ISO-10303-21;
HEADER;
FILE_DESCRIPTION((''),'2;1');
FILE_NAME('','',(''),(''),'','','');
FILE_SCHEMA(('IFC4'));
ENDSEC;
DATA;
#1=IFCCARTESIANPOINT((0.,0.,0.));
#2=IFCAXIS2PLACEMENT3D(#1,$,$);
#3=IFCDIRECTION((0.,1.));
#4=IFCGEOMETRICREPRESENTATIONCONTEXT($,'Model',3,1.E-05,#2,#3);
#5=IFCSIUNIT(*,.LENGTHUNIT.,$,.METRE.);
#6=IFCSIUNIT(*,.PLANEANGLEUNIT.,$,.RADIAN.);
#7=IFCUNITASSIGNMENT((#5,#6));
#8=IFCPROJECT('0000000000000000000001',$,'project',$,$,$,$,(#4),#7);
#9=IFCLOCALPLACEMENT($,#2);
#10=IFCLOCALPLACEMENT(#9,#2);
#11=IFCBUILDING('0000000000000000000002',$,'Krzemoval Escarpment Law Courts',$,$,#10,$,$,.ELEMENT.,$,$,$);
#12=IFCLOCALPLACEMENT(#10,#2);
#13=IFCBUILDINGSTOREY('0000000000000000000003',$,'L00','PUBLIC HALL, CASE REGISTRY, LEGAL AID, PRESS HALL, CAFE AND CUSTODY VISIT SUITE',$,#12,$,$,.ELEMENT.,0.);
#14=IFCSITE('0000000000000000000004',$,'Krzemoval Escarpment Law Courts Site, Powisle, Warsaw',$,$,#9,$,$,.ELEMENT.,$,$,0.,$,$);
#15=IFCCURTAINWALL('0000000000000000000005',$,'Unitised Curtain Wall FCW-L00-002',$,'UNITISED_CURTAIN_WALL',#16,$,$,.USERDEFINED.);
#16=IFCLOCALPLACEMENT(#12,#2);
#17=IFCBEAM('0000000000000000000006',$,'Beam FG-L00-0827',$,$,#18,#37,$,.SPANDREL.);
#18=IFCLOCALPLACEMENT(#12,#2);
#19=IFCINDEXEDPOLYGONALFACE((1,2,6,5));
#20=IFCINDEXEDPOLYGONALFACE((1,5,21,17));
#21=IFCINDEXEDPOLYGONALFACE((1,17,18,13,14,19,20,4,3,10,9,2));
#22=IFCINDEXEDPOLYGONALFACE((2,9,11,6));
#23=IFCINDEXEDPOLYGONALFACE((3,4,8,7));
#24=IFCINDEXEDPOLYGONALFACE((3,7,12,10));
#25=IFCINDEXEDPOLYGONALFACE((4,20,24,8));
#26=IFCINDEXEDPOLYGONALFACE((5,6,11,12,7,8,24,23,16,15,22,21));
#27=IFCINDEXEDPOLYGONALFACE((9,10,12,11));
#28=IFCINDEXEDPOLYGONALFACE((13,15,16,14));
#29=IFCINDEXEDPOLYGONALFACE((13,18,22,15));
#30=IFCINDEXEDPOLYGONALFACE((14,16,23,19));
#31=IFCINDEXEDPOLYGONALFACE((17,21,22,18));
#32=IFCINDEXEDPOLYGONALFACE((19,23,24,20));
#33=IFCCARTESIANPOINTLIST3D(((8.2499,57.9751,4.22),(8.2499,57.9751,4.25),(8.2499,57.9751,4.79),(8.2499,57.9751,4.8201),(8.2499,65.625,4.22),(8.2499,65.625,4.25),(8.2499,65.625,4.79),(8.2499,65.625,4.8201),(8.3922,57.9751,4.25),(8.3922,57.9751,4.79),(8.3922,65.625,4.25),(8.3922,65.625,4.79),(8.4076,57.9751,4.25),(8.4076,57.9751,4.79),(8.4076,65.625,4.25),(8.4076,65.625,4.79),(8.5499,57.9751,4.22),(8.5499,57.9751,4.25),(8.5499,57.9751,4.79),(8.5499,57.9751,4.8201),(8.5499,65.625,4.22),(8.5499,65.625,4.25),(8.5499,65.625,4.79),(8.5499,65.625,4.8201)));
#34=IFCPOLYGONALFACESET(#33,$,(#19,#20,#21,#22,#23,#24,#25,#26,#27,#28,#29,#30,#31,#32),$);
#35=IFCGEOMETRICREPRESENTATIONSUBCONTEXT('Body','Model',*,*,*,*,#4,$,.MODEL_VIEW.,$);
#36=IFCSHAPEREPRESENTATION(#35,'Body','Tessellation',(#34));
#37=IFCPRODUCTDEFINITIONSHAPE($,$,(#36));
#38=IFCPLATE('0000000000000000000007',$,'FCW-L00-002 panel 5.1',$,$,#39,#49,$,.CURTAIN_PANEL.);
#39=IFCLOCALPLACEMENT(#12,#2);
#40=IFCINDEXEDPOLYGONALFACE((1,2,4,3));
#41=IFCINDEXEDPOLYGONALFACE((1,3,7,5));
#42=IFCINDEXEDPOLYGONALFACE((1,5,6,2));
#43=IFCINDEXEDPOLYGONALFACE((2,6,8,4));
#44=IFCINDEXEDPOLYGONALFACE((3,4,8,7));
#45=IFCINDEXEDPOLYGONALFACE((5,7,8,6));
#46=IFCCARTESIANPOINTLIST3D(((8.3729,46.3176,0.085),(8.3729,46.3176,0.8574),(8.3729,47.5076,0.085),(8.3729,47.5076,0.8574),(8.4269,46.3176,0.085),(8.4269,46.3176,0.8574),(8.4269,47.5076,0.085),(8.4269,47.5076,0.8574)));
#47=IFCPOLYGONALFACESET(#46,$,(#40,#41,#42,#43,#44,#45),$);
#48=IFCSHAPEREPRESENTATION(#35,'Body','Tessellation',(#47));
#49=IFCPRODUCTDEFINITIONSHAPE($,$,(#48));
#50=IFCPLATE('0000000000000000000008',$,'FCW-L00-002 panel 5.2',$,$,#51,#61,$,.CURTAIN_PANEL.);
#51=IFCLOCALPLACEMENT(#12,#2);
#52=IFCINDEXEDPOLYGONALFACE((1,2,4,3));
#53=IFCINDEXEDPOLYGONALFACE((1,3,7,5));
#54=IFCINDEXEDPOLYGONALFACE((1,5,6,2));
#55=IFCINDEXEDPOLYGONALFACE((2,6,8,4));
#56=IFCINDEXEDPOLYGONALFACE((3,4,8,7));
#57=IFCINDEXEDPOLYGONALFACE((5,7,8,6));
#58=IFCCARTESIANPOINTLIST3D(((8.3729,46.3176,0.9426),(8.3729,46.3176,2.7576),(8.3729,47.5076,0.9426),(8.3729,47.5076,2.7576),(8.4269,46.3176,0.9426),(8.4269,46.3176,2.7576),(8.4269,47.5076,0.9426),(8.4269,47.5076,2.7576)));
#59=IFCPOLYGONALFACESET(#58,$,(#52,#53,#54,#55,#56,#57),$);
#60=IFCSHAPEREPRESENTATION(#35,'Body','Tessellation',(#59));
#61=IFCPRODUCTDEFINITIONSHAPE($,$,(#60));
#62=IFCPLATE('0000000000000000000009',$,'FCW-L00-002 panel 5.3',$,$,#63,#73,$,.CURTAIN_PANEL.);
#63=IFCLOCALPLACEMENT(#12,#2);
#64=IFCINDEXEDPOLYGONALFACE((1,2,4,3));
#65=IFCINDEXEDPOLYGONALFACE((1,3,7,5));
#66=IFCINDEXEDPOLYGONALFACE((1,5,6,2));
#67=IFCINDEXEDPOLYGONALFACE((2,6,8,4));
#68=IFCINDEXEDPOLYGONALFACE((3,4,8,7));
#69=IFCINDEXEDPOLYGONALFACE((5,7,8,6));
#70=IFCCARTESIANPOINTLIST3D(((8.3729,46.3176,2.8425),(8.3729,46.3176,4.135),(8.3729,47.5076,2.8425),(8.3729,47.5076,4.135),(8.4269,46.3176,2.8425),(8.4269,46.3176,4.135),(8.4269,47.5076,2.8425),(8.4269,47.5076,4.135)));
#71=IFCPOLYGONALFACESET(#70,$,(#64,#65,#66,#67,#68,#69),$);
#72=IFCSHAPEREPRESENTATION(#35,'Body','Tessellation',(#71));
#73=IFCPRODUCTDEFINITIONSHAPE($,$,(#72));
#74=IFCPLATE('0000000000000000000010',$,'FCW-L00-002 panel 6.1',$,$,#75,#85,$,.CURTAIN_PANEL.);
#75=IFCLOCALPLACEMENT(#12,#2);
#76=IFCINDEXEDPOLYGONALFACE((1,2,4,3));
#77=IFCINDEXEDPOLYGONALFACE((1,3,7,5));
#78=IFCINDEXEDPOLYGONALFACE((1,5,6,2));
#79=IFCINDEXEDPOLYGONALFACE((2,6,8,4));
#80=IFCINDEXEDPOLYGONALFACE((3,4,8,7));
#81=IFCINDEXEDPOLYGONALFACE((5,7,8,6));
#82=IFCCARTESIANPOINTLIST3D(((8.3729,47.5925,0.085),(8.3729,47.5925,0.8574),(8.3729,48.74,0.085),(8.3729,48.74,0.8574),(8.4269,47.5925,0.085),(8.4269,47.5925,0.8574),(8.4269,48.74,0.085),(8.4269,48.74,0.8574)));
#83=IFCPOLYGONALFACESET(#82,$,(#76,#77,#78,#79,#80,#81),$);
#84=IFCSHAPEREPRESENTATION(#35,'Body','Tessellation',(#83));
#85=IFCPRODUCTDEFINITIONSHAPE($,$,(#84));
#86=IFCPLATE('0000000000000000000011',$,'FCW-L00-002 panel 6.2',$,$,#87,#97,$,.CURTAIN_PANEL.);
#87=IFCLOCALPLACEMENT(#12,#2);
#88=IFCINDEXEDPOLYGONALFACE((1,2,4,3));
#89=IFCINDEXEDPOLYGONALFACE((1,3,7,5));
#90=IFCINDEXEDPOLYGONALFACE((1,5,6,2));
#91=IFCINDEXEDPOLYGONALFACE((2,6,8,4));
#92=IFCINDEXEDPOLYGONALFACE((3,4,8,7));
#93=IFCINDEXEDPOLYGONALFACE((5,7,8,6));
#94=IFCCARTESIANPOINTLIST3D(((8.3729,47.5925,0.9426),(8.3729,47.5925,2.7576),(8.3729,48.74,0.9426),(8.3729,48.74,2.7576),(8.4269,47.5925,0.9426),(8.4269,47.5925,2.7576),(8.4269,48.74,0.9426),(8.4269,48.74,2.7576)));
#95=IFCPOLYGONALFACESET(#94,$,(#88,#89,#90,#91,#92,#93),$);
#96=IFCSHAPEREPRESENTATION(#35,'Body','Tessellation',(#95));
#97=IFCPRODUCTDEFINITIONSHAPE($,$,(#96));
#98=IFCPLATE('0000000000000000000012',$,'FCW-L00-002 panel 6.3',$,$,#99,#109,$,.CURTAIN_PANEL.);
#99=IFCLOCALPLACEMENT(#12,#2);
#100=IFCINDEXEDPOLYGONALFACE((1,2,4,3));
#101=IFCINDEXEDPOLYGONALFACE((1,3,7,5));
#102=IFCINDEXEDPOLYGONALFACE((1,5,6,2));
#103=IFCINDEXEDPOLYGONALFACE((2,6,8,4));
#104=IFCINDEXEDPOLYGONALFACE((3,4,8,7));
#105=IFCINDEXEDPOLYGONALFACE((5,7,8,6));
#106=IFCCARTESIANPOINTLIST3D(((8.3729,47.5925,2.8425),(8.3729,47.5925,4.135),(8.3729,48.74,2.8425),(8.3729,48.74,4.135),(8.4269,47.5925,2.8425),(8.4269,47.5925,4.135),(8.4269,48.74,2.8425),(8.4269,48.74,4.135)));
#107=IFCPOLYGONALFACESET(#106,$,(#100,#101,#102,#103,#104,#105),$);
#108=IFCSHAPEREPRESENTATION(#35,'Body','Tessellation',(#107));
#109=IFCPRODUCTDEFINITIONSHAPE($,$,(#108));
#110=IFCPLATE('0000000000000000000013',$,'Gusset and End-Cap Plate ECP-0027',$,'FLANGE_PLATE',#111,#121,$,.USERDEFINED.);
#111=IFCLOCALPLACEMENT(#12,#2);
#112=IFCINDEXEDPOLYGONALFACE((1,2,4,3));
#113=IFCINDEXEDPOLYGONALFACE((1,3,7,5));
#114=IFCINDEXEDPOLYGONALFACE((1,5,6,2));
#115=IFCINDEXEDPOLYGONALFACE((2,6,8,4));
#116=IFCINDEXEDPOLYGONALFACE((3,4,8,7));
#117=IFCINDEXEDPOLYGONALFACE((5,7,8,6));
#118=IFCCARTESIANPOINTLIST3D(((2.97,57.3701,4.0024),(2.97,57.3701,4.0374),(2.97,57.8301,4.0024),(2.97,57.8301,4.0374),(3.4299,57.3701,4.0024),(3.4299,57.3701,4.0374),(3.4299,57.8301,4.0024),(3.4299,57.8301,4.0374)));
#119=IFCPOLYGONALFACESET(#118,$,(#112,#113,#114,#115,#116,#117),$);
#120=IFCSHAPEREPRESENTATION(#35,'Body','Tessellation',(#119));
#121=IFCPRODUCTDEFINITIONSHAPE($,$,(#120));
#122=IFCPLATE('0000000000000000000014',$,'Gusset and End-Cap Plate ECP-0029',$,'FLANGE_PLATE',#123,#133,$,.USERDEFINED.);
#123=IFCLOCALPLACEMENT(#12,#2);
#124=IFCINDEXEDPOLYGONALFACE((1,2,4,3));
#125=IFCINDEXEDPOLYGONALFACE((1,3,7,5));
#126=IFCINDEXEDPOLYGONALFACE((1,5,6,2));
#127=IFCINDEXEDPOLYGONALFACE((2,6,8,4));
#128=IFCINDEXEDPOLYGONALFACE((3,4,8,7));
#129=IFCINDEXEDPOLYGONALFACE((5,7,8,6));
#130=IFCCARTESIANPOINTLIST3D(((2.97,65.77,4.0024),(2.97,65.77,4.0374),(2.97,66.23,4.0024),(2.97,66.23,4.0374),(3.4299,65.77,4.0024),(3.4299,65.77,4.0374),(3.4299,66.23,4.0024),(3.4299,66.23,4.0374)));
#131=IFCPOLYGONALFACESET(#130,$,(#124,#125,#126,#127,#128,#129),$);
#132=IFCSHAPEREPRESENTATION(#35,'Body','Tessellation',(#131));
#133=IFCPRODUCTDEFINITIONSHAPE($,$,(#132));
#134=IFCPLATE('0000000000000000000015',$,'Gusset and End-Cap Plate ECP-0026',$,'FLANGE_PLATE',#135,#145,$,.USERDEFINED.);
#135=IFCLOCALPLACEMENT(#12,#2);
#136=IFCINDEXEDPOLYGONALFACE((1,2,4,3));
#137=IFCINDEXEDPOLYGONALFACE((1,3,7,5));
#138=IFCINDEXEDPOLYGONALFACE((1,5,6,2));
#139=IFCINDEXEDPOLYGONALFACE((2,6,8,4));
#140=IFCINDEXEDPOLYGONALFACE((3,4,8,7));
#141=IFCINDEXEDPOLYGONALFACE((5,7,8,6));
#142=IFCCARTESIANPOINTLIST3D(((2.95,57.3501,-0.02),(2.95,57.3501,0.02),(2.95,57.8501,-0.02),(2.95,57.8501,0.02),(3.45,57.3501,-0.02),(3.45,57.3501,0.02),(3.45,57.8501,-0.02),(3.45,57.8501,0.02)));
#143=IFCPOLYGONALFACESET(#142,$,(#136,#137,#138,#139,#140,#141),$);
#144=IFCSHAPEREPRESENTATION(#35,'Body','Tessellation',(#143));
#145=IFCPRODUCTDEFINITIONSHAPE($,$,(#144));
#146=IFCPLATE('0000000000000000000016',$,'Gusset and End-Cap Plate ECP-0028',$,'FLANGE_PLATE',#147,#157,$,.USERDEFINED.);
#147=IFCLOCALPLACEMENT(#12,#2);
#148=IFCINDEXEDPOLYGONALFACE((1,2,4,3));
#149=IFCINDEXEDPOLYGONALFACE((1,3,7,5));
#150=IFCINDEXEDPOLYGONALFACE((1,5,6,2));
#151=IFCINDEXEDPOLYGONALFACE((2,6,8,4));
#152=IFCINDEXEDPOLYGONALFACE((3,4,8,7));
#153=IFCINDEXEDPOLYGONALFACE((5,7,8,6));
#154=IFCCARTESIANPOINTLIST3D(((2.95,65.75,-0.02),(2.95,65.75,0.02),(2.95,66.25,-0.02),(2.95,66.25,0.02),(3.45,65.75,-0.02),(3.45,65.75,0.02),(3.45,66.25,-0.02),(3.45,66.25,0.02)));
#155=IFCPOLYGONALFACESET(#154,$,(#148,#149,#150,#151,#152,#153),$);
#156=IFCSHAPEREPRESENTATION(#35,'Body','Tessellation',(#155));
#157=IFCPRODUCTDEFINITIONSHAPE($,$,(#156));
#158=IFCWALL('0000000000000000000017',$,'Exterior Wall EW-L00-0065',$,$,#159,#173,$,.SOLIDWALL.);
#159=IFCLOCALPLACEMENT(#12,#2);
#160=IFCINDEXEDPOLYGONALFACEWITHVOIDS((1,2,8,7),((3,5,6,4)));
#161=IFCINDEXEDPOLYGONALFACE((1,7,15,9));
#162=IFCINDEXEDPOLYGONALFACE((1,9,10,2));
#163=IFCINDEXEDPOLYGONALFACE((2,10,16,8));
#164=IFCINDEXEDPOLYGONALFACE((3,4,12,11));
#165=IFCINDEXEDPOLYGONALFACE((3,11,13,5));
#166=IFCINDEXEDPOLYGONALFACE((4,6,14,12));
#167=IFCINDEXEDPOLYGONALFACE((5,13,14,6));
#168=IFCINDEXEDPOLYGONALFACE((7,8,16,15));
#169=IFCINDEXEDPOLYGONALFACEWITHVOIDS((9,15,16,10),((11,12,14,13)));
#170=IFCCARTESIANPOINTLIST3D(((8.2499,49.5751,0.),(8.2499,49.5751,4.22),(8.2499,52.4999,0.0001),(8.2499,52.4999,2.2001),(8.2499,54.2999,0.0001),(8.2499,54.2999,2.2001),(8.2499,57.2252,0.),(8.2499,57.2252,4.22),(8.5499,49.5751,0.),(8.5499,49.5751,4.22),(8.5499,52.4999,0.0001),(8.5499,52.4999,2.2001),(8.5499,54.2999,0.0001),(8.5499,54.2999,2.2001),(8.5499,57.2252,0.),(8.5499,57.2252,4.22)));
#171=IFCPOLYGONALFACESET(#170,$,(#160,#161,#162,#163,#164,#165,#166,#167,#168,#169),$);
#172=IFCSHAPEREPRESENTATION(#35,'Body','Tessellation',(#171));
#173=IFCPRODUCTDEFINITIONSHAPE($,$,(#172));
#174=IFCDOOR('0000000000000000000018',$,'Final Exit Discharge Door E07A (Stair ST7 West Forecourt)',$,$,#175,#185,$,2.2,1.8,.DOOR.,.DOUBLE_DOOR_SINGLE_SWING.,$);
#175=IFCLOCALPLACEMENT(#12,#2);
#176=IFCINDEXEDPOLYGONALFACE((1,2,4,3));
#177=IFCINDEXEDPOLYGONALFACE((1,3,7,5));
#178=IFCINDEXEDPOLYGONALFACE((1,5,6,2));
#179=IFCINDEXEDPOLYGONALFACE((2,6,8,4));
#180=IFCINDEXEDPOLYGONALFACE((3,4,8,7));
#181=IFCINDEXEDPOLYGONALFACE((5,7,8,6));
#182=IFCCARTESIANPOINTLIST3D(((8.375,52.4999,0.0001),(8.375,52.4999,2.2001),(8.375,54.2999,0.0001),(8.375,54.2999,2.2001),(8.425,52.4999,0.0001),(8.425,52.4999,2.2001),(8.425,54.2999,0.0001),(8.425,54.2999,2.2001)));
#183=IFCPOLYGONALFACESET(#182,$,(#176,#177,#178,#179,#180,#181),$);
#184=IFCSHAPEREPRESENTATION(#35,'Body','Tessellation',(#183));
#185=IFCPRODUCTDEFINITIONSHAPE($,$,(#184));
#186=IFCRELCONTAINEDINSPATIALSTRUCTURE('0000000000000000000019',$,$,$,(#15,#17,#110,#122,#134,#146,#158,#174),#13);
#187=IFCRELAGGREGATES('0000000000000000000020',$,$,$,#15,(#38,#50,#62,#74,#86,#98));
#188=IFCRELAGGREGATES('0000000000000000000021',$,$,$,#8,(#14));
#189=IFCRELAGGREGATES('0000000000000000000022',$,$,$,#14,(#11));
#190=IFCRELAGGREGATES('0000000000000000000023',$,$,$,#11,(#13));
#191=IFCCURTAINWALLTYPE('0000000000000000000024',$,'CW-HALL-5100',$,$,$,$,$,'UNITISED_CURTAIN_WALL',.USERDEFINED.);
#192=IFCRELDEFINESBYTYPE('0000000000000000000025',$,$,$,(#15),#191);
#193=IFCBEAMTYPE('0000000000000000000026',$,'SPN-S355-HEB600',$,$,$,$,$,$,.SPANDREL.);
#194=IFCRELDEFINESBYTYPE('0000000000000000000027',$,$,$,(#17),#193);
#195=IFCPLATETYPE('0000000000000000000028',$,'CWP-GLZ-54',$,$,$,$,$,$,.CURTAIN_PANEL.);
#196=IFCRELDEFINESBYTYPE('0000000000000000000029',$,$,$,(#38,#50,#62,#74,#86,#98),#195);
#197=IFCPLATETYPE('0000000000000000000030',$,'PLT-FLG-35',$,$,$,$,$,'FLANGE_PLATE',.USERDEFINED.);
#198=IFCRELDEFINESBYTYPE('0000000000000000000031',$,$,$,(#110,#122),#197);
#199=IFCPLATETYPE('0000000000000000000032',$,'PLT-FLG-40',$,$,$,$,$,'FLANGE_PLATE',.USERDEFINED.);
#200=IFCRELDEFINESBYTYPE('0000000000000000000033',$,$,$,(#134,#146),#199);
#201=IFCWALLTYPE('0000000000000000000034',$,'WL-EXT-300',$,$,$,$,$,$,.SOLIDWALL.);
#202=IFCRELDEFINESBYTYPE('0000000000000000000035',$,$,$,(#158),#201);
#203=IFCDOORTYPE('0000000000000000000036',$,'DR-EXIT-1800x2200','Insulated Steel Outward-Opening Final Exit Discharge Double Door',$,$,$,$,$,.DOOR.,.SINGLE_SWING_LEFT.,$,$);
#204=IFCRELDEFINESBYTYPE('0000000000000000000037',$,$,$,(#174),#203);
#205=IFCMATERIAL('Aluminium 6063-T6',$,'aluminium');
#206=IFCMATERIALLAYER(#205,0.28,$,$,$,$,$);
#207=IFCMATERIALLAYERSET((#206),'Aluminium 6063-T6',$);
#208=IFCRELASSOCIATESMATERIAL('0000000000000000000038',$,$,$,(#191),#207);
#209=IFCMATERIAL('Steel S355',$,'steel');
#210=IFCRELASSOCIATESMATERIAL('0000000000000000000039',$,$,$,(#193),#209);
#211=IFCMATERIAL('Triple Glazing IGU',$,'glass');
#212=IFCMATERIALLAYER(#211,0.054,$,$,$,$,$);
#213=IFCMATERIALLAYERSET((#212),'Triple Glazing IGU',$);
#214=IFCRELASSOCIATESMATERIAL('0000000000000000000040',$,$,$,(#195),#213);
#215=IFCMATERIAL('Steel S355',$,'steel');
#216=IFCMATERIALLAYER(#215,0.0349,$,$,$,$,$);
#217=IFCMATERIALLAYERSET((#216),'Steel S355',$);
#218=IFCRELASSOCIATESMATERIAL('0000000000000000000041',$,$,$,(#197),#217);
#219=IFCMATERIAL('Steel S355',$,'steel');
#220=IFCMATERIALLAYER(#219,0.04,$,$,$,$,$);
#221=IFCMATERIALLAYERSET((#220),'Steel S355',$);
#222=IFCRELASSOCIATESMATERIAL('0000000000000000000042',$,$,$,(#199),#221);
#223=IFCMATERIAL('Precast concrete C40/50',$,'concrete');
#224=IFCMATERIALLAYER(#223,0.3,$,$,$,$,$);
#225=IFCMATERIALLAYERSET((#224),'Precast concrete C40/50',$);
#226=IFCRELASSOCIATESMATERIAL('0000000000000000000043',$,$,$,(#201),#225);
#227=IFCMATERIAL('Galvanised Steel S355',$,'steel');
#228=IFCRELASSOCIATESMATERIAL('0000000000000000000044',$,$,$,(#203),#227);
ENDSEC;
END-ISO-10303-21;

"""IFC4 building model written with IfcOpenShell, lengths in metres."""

from ifc_helpers import new_model, si_unit, direction, frame, frame_2d, origin, origin_2d, place, context, subcontext, project, spatial, rectangle, i_section, extrude, material, layer, layer_set, material_profile, profile_set, type_object, element, fill, aggregate, save


model = new_model("IFC4")

# Units and contexts
model_context = context("Model", 3, precision=1e-05, world=origin(), true_north=direction((0.0, 1.0)))
body_context = subcontext(model_context, "Body", "Model", "MODEL_VIEW")
ifc_project = project(units=[si_unit("LENGTHUNIT", "METRE"), si_unit("PLANEANGLEUNIT", "RADIAN")], contexts=[model_context])

# Site, building, storey
site_placement = place(None, origin())
site = spatial("IfcSite", under=ifc_project, at=site_placement, Name="Krzemoval Escarpment Law Courts Site, Powisle, Warsaw", CompositionType="ELEMENT", RefElevation=0.0)
building_placement = place(site_placement, origin())
building = spatial("IfcBuilding", under=site, at=building_placement, Name="Krzemoval Escarpment Law Courts", CompositionType="ELEMENT")
storey_placement = place(building_placement, origin())
storey = spatial("IfcBuildingStorey", under=building, at=storey_placement, Name="L00", Description="PUBLIC HALL, CASE REGISTRY, LEGAL AID, PRESS HALL, CAFE AND CUSTODY VISIT SUITE", CompositionType="ELEMENT", Elevation=0.0)

# Curtain wall
ifc_material_1 = material(Name="Aluminium 6063-T6", Category="aluminium")
ifc_layer_1 = layer(ifc_material_1, 0.28)
ifc_layer_set_1 = layer_set([ifc_layer_1], Name="Aluminium 6063-T6")
curtain_wall_type = type_object("IfcCurtainWallType", Name="CW-HALL-5100", ElementType="UNITISED_CURTAIN_WALL", PredefinedType="USERDEFINED", material=ifc_layer_set_1)
curtain_wall_placement = place(storey_placement, origin())
curtain_wall = element("IfcCurtainWall", 1, at=curtain_wall_placement, inside=storey, type_object=curtain_wall_type, Name="Unitised Curtain Wall FCW-L00-002", ObjectType="UNITISED_CURTAIN_WALL", PredefinedType="USERDEFINED")

# Beam
ifc_material_2 = material(Name="Steel S355", Category="steel")
ifc_material_profile_1 = material_profile(ifc_material_2, i_section(OverallWidth=0.3, OverallDepth=0.6001, WebThickness=0.0154, FlangeThickness=0.03, at=origin_2d()), Name="HEB 600")
ifc_profile_set_1 = profile_set([ifc_material_profile_1], Name="Steel S355")
beam_type_1 = type_object("IfcBeamType", Name="SPN-S355-HEB600", PredefinedType="SPANDREL", material=ifc_profile_set_1)
beam_1_placement = place(storey_placement, frame((8.3999, 57.9751, 4.52), z_axis=(0.0, 1.0, 0.0), x_axis=(-1.0, 0.0, 0.0)))
element("IfcBeam", 2, at=beam_1_placement, inside=storey, type_object=beam_type_1, Name="Beam FG-L00-0827", PredefinedType="SPANDREL", context=body_context, shape_type="SweptSolid", body=[
    extrude(i_section(OverallWidth=0.3, OverallDepth=0.6001, WebThickness=0.0154, FlangeThickness=0.03, at=origin_2d()), origin(), (0.0, 0.0, 1.0), 7.6499),
])

# Plates
ifc_material_3 = material(Name="Triple Glazing IGU", Category="glass")
ifc_layer_2 = layer(ifc_material_3, 0.054)
ifc_layer_set_2 = layer_set([ifc_layer_2], Name="Triple Glazing IGU")
plate_type_1 = type_object("IfcPlateType", Name="CWP-GLZ-54", PredefinedType="CURTAIN_PANEL", material=ifc_layer_set_2)
plate_1_placement = place(storey_placement, frame((8.3999, 46.9126, 0.085), z_axis=(0.0, 0.0, 1.0), x_axis=(0.0, 1.0, 0.0)))
plate_1 = element("IfcPlate", 3, at=plate_1_placement, type_object=plate_type_1, Name="FCW-L00-002 panel 5.1", PredefinedType="CURTAIN_PANEL", context=body_context, shape_type="SweptSolid", body=[
    extrude(rectangle(XDim=1.1899, YDim=0.054, at=origin_2d()), origin(), (0.0, 0.0, 1.0), 0.7725),
])
plate_2_placement = place(storey_placement, frame((8.3999, 46.9126, 0.9426), z_axis=(0.0, 0.0, 1.0), x_axis=(0.0, 1.0, 0.0)))
plate_2 = element("IfcPlate", 4, at=plate_2_placement, type_object=plate_type_1, Name="FCW-L00-002 panel 5.2", PredefinedType="CURTAIN_PANEL", context=body_context, shape_type="SweptSolid", body=[
    extrude(rectangle(XDim=1.1899, YDim=0.054, at=origin_2d()), origin(), (0.0, 0.0, 1.0), 1.8149),
])
plate_3_placement = place(storey_placement, frame((8.3999, 46.9126, 2.8425), z_axis=(0.0, 0.0, 1.0), x_axis=(0.0, 1.0, 0.0)))
plate_3 = element("IfcPlate", 5, at=plate_3_placement, type_object=plate_type_1, Name="FCW-L00-002 panel 5.3", PredefinedType="CURTAIN_PANEL", context=body_context, shape_type="SweptSolid", body=[
    extrude(rectangle(XDim=1.1899, YDim=0.054, at=origin_2d()), origin(), (0.0, 0.0, 1.0), 1.2925),
])
plate_4_placement = place(storey_placement, frame((8.3999, 48.1663, 0.085), z_axis=(0.0, 0.0, 1.0), x_axis=(0.0, 1.0, 0.0)))
plate_4 = element("IfcPlate", 6, at=plate_4_placement, type_object=plate_type_1, Name="FCW-L00-002 panel 6.1", PredefinedType="CURTAIN_PANEL", context=body_context, shape_type="SweptSolid", body=[
    extrude(rectangle(XDim=1.1475, YDim=0.054, at=origin_2d()), origin(), (0.0, 0.0, 1.0), 0.7725),
])
plate_5_placement = place(storey_placement, frame((8.3999, 48.1663, 0.9426), z_axis=(0.0, 0.0, 1.0), x_axis=(0.0, 1.0, 0.0)))
plate_5 = element("IfcPlate", 7, at=plate_5_placement, type_object=plate_type_1, Name="FCW-L00-002 panel 6.2", PredefinedType="CURTAIN_PANEL", context=body_context, shape_type="SweptSolid", body=[
    extrude(rectangle(XDim=1.1475, YDim=0.054, at=origin_2d()), origin(), (0.0, 0.0, 1.0), 1.8149),
])
plate_6_placement = place(storey_placement, frame((8.3999, 48.1663, 2.8425), z_axis=(0.0, 0.0, 1.0), x_axis=(0.0, 1.0, 0.0)))
plate_6 = element("IfcPlate", 8, at=plate_6_placement, type_object=plate_type_1, Name="FCW-L00-002 panel 6.3", PredefinedType="CURTAIN_PANEL", context=body_context, shape_type="SweptSolid", body=[
    extrude(rectangle(XDim=1.1475, YDim=0.054, at=origin_2d()), origin(), (0.0, 0.0, 1.0), 1.2925),
])
aggregate(curtain_wall, [plate_1, plate_2, plate_3, plate_4, plate_5, plate_6])

# Plates
ifc_material_4 = material(Name="Steel S355", Category="steel")
ifc_layer_3 = layer(ifc_material_4, 0.0349)
ifc_layer_set_3 = layer_set([ifc_layer_3], Name="Steel S355")
plate_type_2 = type_object("IfcPlateType", Name="PLT-FLG-35", ElementType="FLANGE_PLATE", PredefinedType="USERDEFINED", material=ifc_layer_set_3)
for number, where, z_axis, x_axis, name in (
    (9, (3.2, 57.6001, 4.0024), (0.0, 0.0, 1.0), (1.0, 0.0, 0.0), "Gusset and End-Cap Plate ECP-0027"),
    (10, (3.2, 66.0, 4.0024), (0.0, 0.0, 1.0), (1.0, 0.0, 0.0), "Gusset and End-Cap Plate ECP-0029"),
):
    element("IfcPlate", number, at=place(storey_placement, frame(where, z_axis=z_axis, x_axis=x_axis)), inside=storey, type_object=plate_type_2, Name=name, ObjectType="FLANGE_PLATE", PredefinedType="USERDEFINED", context=body_context, shape_type="SweptSolid", body=[
        extrude(rectangle(XDim=0.46, YDim=0.46, at=origin_2d()), origin(), (0.0, 0.0, 1.0), 0.0349),
    ])
ifc_material_5 = material(Name="Steel S355", Category="steel")
ifc_layer_4 = layer(ifc_material_5, 0.04)
ifc_layer_set_4 = layer_set([ifc_layer_4], Name="Steel S355")
plate_type_3 = type_object("IfcPlateType", Name="PLT-FLG-40", ElementType="FLANGE_PLATE", PredefinedType="USERDEFINED", material=ifc_layer_set_4)
for number, where, z_axis, x_axis, name in (
    (11, (3.2, 57.6001, -0.02), (0.0, 0.0, 1.0), (1.0, 0.0, 0.0), "Gusset and End-Cap Plate ECP-0026"),
    (12, (3.2, 66.0, -0.02), (0.0, 0.0, 1.0), (1.0, 0.0, 0.0), "Gusset and End-Cap Plate ECP-0028"),
):
    element("IfcPlate", number, at=place(storey_placement, frame(where, z_axis=z_axis, x_axis=x_axis)), inside=storey, type_object=plate_type_3, Name=name, ObjectType="FLANGE_PLATE", PredefinedType="USERDEFINED", context=body_context, shape_type="SweptSolid", body=[
        extrude(rectangle(XDim=0.5, YDim=0.5, at=origin_2d()), origin(), (0.0, 0.0, 1.0), 0.04),
    ])

# Wall, opening, door
ifc_material_6 = material(Name="Precast concrete C40/50", Category="concrete")
ifc_layer_5 = layer(ifc_material_6, 0.3)
ifc_layer_set_5 = layer_set([ifc_layer_5], Name="Precast concrete C40/50")
wall_type = type_object("IfcWallType", Name="WL-EXT-300", PredefinedType="SOLIDWALL", material=ifc_layer_set_5)
wall_1_placement = place(storey_placement, frame((8.3999, 49.575, 0.0), z_axis=(0.0, 0.0, 1.0), x_axis=(0.0, 1.0, 0.0)))
wall_1 = element("IfcWall", 13, at=wall_1_placement, inside=storey, type_object=wall_type, Name="Exterior Wall EW-L00-0065", PredefinedType="SOLIDWALL", context=body_context, shape_type="SweptSolid", body=[
    extrude(rectangle(XDim=7.6501, YDim=0.3, at=frame_2d((3.8252, 0.0))), origin(), (0.0, 0.0, 1.0), 4.22),
])
opening_1_placement = place(wall_1_placement, frame((2.925, 0.0, 0.0)))
opening_1 = element("IfcOpeningElement", 14, at=opening_1_placement, cuts=wall_1, PredefinedType="OPENING", context=body_context, shape_type="SweptSolid", body=[
    extrude(rectangle(XDim=1.8, YDim=2.2, at=frame_2d((0.8999, 1.1001))), frame((0.0, 0.165, 0.0), z_axis=(0.0, -1.0, 0.0), x_axis=(1.0, 0.0, 0.0)), (0.0, 0.0, 1.0), 0.3301),
])
ifc_material_7 = material(Name="Galvanised Steel S355", Category="steel")
door_type_1 = type_object("IfcDoorType", Name="DR-EXIT-1800x2200", Description="Insulated Steel Outward-Opening Final Exit Discharge Double Door", OperationType="SINGLE_SWING_LEFT", PredefinedType="DOOR", material=ifc_material_7)
door_1_placement = place(opening_1_placement, origin())
door_1 = element("IfcDoor", 15, at=door_1_placement, inside=storey, type_object=door_type_1, Name="Final Exit Discharge Door E07A (Stair ST7 West Forecourt)", OperationType="DOUBLE_DOOR_SINGLE_SWING", OverallHeight=2.2, OverallWidth=1.8, PredefinedType="DOOR", context=body_context, shape_type="SweptSolid", body=[
    extrude(rectangle(XDim=1.8, YDim=2.2, at=frame_2d((0.8999, 1.1001))), frame((0.0, 0.0249, 0.0), z_axis=(0.0, -1.0, 0.0), x_axis=(1.0, 0.0, 0.0)), (0.0, 0.0, 1.0), 0.05),
])
fill(opening_1, door_1)

save(model, "model.ifc")
